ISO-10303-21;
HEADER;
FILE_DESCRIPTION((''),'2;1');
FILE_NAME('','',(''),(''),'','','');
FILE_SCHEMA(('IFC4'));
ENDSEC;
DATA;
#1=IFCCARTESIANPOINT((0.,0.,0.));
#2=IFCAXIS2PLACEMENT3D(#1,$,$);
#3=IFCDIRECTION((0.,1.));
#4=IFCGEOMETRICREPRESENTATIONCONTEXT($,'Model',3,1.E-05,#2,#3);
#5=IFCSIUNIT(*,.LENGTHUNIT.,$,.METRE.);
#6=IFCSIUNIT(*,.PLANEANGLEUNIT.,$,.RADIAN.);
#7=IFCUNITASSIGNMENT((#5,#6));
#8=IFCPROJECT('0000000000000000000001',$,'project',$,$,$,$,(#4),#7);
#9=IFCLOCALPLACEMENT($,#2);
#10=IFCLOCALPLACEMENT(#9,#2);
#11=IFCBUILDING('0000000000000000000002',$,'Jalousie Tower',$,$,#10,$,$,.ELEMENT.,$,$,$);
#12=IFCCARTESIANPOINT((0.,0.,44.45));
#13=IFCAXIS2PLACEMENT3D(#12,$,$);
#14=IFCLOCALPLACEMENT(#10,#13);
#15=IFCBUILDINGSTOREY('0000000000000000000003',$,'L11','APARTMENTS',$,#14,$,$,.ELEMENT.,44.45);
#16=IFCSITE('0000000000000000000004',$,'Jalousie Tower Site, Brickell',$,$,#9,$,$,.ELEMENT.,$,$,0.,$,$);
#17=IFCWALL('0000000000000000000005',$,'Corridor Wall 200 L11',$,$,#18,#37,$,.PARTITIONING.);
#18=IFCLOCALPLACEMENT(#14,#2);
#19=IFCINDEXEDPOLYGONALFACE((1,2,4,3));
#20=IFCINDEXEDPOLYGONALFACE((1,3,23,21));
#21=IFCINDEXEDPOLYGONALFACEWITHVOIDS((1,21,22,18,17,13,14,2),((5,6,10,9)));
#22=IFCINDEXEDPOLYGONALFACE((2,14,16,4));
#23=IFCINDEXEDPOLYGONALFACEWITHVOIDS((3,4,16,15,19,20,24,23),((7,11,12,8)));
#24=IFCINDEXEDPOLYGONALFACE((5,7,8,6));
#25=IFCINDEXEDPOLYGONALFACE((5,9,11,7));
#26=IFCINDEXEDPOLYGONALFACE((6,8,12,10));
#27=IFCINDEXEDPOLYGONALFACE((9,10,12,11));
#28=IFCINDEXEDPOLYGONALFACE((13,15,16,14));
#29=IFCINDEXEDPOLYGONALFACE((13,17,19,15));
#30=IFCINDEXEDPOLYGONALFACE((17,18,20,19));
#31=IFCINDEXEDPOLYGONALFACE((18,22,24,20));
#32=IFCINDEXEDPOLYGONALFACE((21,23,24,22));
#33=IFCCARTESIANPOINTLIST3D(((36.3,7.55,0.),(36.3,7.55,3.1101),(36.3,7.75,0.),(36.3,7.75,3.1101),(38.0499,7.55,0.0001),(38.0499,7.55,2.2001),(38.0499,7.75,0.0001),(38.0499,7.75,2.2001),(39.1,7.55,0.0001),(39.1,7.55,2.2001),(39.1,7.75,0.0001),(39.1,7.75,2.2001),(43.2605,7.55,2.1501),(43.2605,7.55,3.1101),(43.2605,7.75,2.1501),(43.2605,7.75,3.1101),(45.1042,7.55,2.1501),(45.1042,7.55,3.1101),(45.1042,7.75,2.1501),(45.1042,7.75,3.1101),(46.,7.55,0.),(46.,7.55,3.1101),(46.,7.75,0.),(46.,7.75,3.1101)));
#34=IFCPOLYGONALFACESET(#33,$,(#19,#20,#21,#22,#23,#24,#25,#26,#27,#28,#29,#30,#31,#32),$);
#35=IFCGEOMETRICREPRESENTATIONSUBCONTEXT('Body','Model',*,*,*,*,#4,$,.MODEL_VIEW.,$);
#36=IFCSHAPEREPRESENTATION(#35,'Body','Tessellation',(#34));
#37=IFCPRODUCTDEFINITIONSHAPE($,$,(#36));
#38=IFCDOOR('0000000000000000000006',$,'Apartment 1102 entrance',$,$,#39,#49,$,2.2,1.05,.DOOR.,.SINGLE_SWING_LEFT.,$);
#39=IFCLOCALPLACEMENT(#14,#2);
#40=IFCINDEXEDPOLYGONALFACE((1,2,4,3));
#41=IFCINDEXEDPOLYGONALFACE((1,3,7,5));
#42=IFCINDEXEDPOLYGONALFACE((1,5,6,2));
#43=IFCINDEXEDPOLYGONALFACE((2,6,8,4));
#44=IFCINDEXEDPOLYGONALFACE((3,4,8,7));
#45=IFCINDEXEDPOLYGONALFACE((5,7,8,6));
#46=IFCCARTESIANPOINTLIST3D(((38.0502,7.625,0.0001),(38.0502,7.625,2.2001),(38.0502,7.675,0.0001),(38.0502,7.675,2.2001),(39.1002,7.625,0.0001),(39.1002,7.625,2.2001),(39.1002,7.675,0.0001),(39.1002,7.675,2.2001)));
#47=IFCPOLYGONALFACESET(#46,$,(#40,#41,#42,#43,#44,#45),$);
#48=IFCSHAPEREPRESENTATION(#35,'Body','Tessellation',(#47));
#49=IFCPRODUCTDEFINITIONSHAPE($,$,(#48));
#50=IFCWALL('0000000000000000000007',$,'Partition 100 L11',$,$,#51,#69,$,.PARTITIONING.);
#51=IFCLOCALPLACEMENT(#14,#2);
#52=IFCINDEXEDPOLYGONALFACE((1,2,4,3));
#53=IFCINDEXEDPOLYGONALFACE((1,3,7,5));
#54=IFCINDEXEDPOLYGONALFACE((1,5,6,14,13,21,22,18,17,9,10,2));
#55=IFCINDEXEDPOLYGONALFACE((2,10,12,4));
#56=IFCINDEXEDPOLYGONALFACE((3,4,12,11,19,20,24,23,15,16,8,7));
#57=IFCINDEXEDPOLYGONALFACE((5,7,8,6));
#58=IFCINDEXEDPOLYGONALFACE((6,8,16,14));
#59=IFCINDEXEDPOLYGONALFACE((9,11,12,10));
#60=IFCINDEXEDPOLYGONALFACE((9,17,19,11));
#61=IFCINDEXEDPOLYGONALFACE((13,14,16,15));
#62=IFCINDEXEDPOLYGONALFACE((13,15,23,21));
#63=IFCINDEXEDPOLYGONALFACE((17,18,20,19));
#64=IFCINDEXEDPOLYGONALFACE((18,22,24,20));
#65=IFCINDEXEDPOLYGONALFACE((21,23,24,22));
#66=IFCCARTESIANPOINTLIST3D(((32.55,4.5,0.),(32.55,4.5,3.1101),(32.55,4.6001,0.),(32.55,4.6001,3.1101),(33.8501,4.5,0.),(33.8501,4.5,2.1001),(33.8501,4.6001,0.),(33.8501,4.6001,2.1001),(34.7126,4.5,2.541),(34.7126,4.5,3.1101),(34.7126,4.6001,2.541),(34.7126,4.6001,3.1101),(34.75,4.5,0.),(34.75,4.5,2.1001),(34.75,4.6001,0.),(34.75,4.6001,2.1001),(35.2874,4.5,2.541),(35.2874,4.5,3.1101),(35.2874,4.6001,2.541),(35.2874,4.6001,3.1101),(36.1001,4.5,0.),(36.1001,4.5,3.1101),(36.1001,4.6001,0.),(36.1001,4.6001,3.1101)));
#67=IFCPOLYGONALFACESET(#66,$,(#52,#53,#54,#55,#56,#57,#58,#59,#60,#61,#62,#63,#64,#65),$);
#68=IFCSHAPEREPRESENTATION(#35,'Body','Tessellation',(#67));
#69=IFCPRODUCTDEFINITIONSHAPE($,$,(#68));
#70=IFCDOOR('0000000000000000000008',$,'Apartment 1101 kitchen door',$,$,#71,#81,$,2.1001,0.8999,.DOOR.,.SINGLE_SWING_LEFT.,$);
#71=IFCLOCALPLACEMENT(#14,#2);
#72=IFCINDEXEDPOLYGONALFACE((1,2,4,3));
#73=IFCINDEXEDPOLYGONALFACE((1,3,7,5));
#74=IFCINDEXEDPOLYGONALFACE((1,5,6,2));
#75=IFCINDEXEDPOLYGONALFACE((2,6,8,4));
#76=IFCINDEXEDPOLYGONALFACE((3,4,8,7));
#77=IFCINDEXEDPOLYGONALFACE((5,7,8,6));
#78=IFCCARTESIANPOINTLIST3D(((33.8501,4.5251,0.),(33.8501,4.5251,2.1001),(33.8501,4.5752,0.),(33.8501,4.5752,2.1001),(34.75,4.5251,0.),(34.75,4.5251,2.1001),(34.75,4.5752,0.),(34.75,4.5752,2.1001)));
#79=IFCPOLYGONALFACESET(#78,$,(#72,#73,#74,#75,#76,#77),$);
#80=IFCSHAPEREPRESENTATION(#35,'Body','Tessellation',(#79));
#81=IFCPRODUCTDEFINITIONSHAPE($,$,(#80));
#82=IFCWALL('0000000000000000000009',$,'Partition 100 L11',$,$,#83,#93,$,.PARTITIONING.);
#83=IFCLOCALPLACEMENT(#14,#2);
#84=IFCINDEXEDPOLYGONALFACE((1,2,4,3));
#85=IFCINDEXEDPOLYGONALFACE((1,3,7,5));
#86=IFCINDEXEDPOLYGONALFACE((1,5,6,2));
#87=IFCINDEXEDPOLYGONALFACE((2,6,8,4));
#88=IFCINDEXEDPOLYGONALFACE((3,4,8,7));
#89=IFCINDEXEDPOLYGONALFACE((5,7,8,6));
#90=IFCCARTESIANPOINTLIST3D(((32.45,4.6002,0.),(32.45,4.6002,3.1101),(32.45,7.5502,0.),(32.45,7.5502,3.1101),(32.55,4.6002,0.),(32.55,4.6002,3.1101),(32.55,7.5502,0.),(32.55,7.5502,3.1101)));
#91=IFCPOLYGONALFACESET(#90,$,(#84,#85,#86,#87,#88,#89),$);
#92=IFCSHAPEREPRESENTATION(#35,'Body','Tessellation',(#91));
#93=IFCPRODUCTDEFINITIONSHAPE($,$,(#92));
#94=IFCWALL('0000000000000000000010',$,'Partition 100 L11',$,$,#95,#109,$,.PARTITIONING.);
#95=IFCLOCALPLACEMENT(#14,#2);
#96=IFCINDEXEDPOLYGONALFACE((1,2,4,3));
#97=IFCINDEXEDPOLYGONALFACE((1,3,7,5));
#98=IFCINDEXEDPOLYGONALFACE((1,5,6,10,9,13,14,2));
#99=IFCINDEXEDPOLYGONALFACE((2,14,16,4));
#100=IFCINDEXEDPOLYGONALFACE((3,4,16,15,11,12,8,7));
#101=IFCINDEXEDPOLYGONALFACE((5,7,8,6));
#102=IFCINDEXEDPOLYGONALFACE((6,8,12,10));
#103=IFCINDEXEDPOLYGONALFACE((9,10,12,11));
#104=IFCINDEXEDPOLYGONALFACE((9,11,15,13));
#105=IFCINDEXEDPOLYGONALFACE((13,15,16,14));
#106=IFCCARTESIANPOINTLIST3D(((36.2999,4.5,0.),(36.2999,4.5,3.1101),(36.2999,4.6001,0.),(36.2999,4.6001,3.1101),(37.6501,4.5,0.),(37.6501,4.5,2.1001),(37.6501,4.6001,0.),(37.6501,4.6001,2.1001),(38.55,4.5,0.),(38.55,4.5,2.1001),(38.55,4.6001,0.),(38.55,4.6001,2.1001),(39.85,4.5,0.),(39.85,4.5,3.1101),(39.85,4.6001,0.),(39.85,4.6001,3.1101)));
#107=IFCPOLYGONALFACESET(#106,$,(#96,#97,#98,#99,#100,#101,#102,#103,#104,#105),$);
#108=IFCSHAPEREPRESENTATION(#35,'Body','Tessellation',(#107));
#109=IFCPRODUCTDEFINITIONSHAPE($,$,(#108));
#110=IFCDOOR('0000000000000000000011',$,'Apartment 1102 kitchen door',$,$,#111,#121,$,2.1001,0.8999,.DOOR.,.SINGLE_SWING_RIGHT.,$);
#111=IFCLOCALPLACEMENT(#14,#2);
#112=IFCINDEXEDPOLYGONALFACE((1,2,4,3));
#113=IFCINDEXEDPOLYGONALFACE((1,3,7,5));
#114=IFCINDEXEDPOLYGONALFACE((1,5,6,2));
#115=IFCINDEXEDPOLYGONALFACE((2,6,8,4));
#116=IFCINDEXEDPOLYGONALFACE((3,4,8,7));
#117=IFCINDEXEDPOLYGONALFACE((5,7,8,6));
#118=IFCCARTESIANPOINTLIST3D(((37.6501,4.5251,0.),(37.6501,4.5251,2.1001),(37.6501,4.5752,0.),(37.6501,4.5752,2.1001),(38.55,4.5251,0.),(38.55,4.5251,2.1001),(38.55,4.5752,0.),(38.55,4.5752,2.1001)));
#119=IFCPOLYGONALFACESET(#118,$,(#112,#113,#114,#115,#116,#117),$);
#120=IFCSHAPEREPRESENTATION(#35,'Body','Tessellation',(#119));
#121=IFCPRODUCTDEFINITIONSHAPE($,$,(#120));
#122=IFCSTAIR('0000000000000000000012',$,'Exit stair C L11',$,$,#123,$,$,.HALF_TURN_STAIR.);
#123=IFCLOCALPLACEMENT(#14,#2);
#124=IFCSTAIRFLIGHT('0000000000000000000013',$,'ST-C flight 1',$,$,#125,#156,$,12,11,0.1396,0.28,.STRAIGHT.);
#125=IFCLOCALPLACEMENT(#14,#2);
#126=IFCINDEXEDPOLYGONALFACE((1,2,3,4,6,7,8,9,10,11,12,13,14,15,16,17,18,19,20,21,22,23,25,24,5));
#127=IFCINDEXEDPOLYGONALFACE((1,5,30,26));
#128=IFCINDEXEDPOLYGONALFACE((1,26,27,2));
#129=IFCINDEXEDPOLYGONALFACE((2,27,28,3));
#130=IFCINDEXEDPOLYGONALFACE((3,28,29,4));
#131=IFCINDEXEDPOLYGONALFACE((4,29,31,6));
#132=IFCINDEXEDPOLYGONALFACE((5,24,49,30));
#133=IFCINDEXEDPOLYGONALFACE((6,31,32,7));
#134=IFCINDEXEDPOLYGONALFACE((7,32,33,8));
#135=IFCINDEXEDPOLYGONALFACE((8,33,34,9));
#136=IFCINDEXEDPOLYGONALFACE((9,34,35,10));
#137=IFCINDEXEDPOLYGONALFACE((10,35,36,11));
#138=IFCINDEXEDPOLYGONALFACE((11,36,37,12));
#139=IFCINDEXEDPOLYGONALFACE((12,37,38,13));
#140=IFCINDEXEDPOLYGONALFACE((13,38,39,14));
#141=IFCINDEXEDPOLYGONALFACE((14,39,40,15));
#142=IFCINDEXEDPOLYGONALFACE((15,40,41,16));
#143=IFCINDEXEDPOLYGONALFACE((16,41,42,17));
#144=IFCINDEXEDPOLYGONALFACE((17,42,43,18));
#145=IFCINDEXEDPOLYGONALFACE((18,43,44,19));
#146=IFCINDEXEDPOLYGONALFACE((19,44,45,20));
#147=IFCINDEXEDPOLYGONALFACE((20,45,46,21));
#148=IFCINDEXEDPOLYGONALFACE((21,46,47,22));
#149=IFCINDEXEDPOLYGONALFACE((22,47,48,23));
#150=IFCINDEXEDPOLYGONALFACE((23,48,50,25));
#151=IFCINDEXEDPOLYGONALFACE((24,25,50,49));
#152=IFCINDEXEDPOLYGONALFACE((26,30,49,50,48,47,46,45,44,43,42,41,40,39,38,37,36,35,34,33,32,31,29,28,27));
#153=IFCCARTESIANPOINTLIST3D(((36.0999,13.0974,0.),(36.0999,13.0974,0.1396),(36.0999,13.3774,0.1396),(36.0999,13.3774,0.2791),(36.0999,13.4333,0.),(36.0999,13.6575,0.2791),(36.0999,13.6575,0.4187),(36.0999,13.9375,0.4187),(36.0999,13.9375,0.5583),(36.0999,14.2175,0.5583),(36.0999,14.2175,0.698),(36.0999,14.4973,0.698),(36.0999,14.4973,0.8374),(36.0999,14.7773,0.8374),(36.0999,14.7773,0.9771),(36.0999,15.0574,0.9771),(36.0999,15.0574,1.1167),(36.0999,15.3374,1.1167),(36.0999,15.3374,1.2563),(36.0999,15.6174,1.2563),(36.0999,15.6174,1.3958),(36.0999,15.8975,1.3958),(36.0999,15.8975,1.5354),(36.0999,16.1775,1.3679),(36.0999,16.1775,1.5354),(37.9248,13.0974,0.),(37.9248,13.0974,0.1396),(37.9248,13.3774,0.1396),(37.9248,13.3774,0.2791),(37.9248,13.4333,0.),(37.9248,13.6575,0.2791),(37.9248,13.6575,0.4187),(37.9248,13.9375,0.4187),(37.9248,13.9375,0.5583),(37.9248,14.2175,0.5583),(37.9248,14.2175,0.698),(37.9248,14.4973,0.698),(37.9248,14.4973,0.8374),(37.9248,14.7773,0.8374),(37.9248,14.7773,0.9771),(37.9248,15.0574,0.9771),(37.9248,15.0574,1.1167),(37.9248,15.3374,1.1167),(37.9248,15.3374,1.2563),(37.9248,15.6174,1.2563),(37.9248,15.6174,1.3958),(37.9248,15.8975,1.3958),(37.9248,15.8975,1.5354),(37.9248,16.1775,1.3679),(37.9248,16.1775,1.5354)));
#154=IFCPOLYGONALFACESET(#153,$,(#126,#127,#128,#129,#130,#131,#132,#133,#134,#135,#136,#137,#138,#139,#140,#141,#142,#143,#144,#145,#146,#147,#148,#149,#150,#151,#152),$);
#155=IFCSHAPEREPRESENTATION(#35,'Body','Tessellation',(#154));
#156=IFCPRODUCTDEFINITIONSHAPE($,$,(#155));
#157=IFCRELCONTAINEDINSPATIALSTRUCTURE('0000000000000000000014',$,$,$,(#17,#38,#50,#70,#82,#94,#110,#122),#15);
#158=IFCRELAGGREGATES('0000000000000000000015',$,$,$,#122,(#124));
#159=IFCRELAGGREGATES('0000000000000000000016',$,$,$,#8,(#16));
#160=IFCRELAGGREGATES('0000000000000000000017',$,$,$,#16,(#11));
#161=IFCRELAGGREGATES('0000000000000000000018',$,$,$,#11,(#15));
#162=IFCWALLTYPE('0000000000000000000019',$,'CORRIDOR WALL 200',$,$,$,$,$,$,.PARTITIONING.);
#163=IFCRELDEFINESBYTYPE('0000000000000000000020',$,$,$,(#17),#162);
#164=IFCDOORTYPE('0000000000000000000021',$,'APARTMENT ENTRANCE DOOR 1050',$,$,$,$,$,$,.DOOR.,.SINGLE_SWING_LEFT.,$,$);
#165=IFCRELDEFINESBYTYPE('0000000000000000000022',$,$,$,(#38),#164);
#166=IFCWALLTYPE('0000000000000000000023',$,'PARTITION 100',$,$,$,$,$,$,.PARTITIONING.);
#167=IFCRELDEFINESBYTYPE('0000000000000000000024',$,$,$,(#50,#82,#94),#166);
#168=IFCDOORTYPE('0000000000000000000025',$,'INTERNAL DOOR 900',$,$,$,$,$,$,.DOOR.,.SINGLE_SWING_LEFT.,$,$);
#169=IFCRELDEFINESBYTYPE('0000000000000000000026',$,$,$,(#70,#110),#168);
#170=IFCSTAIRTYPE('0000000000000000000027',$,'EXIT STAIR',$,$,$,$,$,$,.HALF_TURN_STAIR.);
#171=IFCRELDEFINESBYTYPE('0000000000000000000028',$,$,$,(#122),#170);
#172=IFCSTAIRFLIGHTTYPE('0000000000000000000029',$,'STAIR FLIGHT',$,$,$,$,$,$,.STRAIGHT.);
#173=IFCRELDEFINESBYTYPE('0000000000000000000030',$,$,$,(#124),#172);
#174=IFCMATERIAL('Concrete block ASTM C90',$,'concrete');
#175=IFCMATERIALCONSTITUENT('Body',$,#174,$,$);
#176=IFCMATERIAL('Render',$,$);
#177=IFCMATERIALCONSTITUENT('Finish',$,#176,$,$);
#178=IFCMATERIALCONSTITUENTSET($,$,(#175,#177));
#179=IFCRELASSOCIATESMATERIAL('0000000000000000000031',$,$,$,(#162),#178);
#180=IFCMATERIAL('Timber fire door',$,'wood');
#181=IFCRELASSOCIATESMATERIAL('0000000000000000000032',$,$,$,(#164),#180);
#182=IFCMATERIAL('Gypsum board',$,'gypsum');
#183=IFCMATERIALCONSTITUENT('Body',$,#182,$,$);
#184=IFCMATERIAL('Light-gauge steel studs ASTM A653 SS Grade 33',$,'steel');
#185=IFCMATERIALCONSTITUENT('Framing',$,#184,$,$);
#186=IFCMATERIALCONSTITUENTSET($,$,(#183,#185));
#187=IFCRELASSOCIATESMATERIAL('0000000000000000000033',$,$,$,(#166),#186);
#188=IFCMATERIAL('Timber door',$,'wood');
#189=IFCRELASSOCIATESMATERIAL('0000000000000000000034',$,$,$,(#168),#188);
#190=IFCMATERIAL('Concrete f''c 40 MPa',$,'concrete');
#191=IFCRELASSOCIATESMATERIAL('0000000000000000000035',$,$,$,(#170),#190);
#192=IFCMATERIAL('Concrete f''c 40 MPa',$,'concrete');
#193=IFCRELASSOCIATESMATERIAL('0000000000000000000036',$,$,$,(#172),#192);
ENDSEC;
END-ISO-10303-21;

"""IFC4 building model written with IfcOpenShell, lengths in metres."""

from ifc_helpers import new_model, si_unit, direction, frame, frame_2d, origin, place, context, subcontext, project, spatial, polyline, rectangle, outline, extrude, material, constituent, constituent_set, type_object, element, fill, aggregate, save


model = new_model("IFC4")

# Units and contexts
model_context = context("Model", 3, precision=1e-05, world=origin(), true_north=direction((0.0, 1.0)))
body_context = subcontext(model_context, "Body", "Model", "MODEL_VIEW")
ifc_project = project(units=[si_unit("LENGTHUNIT", "METRE"), si_unit("PLANEANGLEUNIT", "RADIAN")], contexts=[model_context])

# Site, building, storey
site_placement = place(None, origin())
site = spatial("IfcSite", under=ifc_project, at=site_placement, Name="Jalousie Tower Site, Brickell", CompositionType="ELEMENT", RefElevation=0.0)
building_placement = place(site_placement, origin())
building = spatial("IfcBuilding", under=site, at=building_placement, Name="Jalousie Tower", CompositionType="ELEMENT")
storey_placement = place(building_placement, frame((0.0, 0.0, 44.45)))
storey = spatial("IfcBuildingStorey", under=building, at=storey_placement, Name="L11", Description="APARTMENTS", CompositionType="ELEMENT", Elevation=44.45)

# Walls, openings, doors
ifc_material_1 = material(Name="Concrete block ASTM C90", Category="concrete")
ifc_constituent_1 = constituent(ifc_material_1, Name="Body")
ifc_material_2 = material(Name="Render")
ifc_constituent_2 = constituent(ifc_material_2, Name="Finish")
ifc_constituent_set_1 = constituent_set(constituents=[ifc_constituent_1, ifc_constituent_2])
wall_type_1 = type_object("IfcWallType", Name="CORRIDOR WALL 200", PredefinedType="PARTITIONING", material=ifc_constituent_set_1)
wall_1_placement = place(storey_placement, frame((36.3, 7.6499, 0.0), z_axis=(0.0, 0.0, 1.0), x_axis=(1.0, 0.0, 0.0)))
wall_1 = element("IfcWall", 1, at=wall_1_placement, inside=storey, type_object=wall_type_1, Name="Corridor Wall 200 L11", PredefinedType="PARTITIONING", context=body_context, shape_type="SweptSolid", body=[
    extrude(outline(polyline([(0.0, 0.0), (9.7, 0.0), (9.7, 3.1101), (8.8042, 3.1101), (8.8042, 2.1501), (6.9604, 2.1501), (6.9604, 3.1101), (0.0, 3.1101), (0.0, 0.0)])), frame((0.0, 0.1001, 0.0), z_axis=(0.0, -1.0, 0.0), x_axis=(1.0, 0.0, 0.0)), (0.0, 0.0, 1.0), 0.2),
])
opening_1_placement = place(wall_1_placement, frame((1.75, 0.0, 0.0)))
opening_1 = element("IfcOpeningElement", 2, at=opening_1_placement, cuts=wall_1, PredefinedType="OPENING", context=body_context, shape_type="SweptSolid", body=[
    extrude(rectangle(XDim=1.05, YDim=2.2, at=frame_2d((0.5249, 1.1001))), frame((0.0, 0.1099, 0.0), z_axis=(0.0, -1.0, 0.0), x_axis=(1.0, 0.0, 0.0)), (0.0, 0.0, 1.0), 0.22),
])
ifc_material_3 = material(Name="Timber fire door", Category="wood")
door_type_1 = type_object("IfcDoorType", Name="APARTMENT ENTRANCE DOOR 1050", OperationType="SINGLE_SWING_LEFT", PredefinedType="DOOR", material=ifc_material_3)
door_1_placement = place(opening_1_placement, frame((1.05, 0.0, 0.0), z_axis=(0.0, 0.0, 1.0), x_axis=(-1.0, 0.0, 0.0)))
door_1 = element("IfcDoor", 3, at=door_1_placement, inside=storey, type_object=door_type_1, Name="Apartment 1102 entrance", OperationType="SINGLE_SWING_LEFT", OverallHeight=2.2, OverallWidth=1.05, PredefinedType="DOOR", context=body_context, shape_type="SweptSolid", body=[
    extrude(rectangle(XDim=1.05, YDim=2.2, at=frame_2d((0.5249, 1.1001))), frame((0.0, 0.0249, 0.0), z_axis=(0.0, -1.0, 0.0), x_axis=(1.0, 0.0, 0.0)), (0.0, 0.0, 1.0), 0.05),
])
fill(opening_1, door_1)
ifc_material_4 = material(Name="Gypsum board", Category="gypsum")
ifc_constituent_3 = constituent(ifc_material_4, Name="Body")
ifc_material_5 = material(Name="Light-gauge steel studs ASTM A653 SS Grade 33", Category="steel")
ifc_constituent_4 = constituent(ifc_material_5, Name="Framing")
ifc_constituent_set_2 = constituent_set(constituents=[ifc_constituent_3, ifc_constituent_4])
wall_type_2 = type_object("IfcWallType", Name="PARTITION 100", PredefinedType="PARTITIONING", material=ifc_constituent_set_2)
wall_2_placement = place(storey_placement, frame((32.55, 4.55, 0.0), z_axis=(0.0, 0.0, 1.0), x_axis=(1.0, 0.0, 0.0)))
wall_2 = element("IfcWall", 4, at=wall_2_placement, inside=storey, type_object=wall_type_2, Name="Partition 100 L11", PredefinedType="PARTITIONING", context=body_context, shape_type="SweptSolid", body=[
    extrude(outline(polyline([(0.0, 0.0), (3.55, 0.0), (3.55, 3.1101), (2.7373, 3.1101), (2.7373, 2.541), (2.1626, 2.541), (2.1626, 3.1101), (0.0, 3.1101), (0.0, 0.0)])), frame((0.0, 0.05, 0.0), z_axis=(0.0, -1.0, 0.0), x_axis=(1.0, 0.0, 0.0)), (0.0, 0.0, 1.0), 0.1001),
])
opening_2_placement = place(wall_2_placement, frame((1.3, 0.0, 0.0)))
opening_2 = element("IfcOpeningElement", 5, at=opening_2_placement, cuts=wall_2, PredefinedType="OPENING", context=body_context, shape_type="SweptSolid", body=[
    extrude(rectangle(XDim=0.8999, YDim=2.1001, at=frame_2d((0.45, 1.05))), frame((0.0, 0.0601, 0.0), z_axis=(0.0, -1.0, 0.0), x_axis=(1.0, 0.0, 0.0)), (0.0, 0.0, 1.0), 0.1201),
])
ifc_material_6 = material(Name="Timber door", Category="wood")
door_type_2 = type_object("IfcDoorType", Name="INTERNAL DOOR 900", OperationType="SINGLE_SWING_LEFT", PredefinedType="DOOR", material=ifc_material_6)
door_2_placement = place(opening_2_placement, frame((0.8999, 0.0, 0.0), z_axis=(0.0, 0.0, 1.0), x_axis=(-1.0, 0.0, 0.0)))
door_2 = element("IfcDoor", 6, at=door_2_placement, inside=storey, type_object=door_type_2, Name="Apartment 1101 kitchen door", OperationType="SINGLE_SWING_LEFT", OverallHeight=2.1001, OverallWidth=0.8999, PredefinedType="DOOR", context=body_context, shape_type="SweptSolid", body=[
    extrude(rectangle(XDim=0.8999, YDim=2.1001, at=frame_2d((0.45, 1.05))), frame((0.0, 0.0249, 0.0), z_axis=(0.0, -1.0, 0.0), x_axis=(1.0, 0.0, 0.0)), (0.0, 0.0, 1.0), 0.05),
])
fill(opening_2, door_2)

# Wall
wall_3_placement = place(storey_placement, frame((32.5, 4.6001, 0.0), z_axis=(0.0, 0.0, 1.0), x_axis=(0.0, 1.0, 0.0)))
element("IfcWall", 7, at=wall_3_placement, inside=storey, type_object=wall_type_2, Name="Partition 100 L11", PredefinedType="PARTITIONING", context=body_context, shape_type="SweptSolid", body=[
    extrude(rectangle(XDim=2.95, YDim=0.1001, at=frame_2d((1.4751, 0.0))), origin(), (0.0, 0.0, 1.0), 3.1101),
])

# Wall, opening, door
wall_4_placement = place(storey_placement, frame((36.3, 4.55, 0.0), z_axis=(0.0, 0.0, 1.0), x_axis=(1.0, 0.0, 0.0)))
wall_4 = element("IfcWall", 8, at=wall_4_placement, inside=storey, type_object=wall_type_2, Name="Partition 100 L11", PredefinedType="PARTITIONING", context=body_context, shape_type="SweptSolid", body=[
    extrude(rectangle(XDim=3.55, YDim=0.1001, at=frame_2d((1.7749, 0.0))), origin(), (0.0, 0.0, 1.0), 3.1101),
])
opening_3_placement = place(wall_4_placement, frame((1.3501, 0.0, 0.0)))
opening_3 = element("IfcOpeningElement", 9, at=opening_3_placement, cuts=wall_4, PredefinedType="OPENING", context=body_context, shape_type="SweptSolid", body=[
    extrude(rectangle(XDim=0.8999, YDim=2.1001, at=frame_2d((0.45, 1.05))), frame((0.0, 0.0601, 0.0), z_axis=(0.0, -1.0, 0.0), x_axis=(1.0, 0.0, 0.0)), (0.0, 0.0, 1.0), 0.1201),
])
door_3_placement = place(opening_3_placement, frame((0.8999, 0.0, 0.0), z_axis=(0.0, 0.0, 1.0), x_axis=(-1.0, 0.0, 0.0)))
door_3 = element("IfcDoor", 10, at=door_3_placement, inside=storey, type_object=door_type_2, Name="Apartment 1102 kitchen door", OperationType="SINGLE_SWING_RIGHT", OverallHeight=2.1001, OverallWidth=0.8999, PredefinedType="DOOR", context=body_context, shape_type="SweptSolid", body=[
    extrude(rectangle(XDim=0.8999, YDim=2.1001, at=frame_2d((0.45, 1.05))), frame((0.0, 0.0249, 0.0), z_axis=(0.0, -1.0, 0.0), x_axis=(1.0, 0.0, 0.0)), (0.0, 0.0, 1.0), 0.05),
])
fill(opening_3, door_3)

# Stair, stair flight
ifc_material_7 = material(Name="Concrete f'c 40 MPa", Category="concrete")
stair_type = type_object("IfcStairType", Name="EXIT STAIR", PredefinedType="HALF_TURN_STAIR", material=ifc_material_7)
stair_placement = place(storey_placement, origin())
stair = element("IfcStair", 11, at=stair_placement, inside=storey, type_object=stair_type, Name="Exit stair C L11", PredefinedType="HALF_TURN_STAIR")
ifc_material_8 = material(Name="Concrete f'c 40 MPa", Category="concrete")
stair_flight_type = type_object("IfcStairFlightType", Name="STAIR FLIGHT", PredefinedType="STRAIGHT", material=ifc_material_8)
stair_flight_placement = place(storey_placement, frame((37.0125, 13.0974, 0.0), z_axis=(0.0, 0.0, 1.0), x_axis=(0.0, 1.0, 0.0)))
stair_flight = element("IfcStairFlight", 12, at=stair_flight_placement, type_object=stair_flight_type, Name="ST-C flight 1", NumberOfRisers=12, NumberOfTreads=11, PredefinedType="STRAIGHT", RiserHeight=0.1396, TreadLength=0.28, context=body_context, shape_type="SweptSolid", body=[
    extrude(outline(polyline([(0.0, 0.0), (0.0, 0.1396), (0.28, 0.1396), (0.28, 0.2791), (0.5601, 0.2791), (0.5601, 0.4187), (0.8401, 0.4187), (0.8401, 0.5583), (1.1201, 0.5583), (1.1201, 0.698), (1.3999, 0.698), (1.3999, 0.8374), (1.6799, 0.8374), (1.6799, 0.9771), (1.96, 0.9771), (1.96, 1.1167), (2.24, 1.1167), (2.24, 1.2563), (2.52, 1.2563), (2.52, 1.3958), (2.8, 1.3958), (2.8, 1.5354), (3.0801, 1.5354), (3.0801, 1.675), (3.0801, 1.3679), (0.3359, 0.0), (0.0, 0.0)])), frame((0.0, 0.9126, 0.0), z_axis=(0.0, -1.0, 0.0), x_axis=(1.0, 0.0, 0.0)), (0.0, 0.0, 1.0), 1.825),
])
aggregate(stair, [stair_flight])

save(model, "model.ifc")
